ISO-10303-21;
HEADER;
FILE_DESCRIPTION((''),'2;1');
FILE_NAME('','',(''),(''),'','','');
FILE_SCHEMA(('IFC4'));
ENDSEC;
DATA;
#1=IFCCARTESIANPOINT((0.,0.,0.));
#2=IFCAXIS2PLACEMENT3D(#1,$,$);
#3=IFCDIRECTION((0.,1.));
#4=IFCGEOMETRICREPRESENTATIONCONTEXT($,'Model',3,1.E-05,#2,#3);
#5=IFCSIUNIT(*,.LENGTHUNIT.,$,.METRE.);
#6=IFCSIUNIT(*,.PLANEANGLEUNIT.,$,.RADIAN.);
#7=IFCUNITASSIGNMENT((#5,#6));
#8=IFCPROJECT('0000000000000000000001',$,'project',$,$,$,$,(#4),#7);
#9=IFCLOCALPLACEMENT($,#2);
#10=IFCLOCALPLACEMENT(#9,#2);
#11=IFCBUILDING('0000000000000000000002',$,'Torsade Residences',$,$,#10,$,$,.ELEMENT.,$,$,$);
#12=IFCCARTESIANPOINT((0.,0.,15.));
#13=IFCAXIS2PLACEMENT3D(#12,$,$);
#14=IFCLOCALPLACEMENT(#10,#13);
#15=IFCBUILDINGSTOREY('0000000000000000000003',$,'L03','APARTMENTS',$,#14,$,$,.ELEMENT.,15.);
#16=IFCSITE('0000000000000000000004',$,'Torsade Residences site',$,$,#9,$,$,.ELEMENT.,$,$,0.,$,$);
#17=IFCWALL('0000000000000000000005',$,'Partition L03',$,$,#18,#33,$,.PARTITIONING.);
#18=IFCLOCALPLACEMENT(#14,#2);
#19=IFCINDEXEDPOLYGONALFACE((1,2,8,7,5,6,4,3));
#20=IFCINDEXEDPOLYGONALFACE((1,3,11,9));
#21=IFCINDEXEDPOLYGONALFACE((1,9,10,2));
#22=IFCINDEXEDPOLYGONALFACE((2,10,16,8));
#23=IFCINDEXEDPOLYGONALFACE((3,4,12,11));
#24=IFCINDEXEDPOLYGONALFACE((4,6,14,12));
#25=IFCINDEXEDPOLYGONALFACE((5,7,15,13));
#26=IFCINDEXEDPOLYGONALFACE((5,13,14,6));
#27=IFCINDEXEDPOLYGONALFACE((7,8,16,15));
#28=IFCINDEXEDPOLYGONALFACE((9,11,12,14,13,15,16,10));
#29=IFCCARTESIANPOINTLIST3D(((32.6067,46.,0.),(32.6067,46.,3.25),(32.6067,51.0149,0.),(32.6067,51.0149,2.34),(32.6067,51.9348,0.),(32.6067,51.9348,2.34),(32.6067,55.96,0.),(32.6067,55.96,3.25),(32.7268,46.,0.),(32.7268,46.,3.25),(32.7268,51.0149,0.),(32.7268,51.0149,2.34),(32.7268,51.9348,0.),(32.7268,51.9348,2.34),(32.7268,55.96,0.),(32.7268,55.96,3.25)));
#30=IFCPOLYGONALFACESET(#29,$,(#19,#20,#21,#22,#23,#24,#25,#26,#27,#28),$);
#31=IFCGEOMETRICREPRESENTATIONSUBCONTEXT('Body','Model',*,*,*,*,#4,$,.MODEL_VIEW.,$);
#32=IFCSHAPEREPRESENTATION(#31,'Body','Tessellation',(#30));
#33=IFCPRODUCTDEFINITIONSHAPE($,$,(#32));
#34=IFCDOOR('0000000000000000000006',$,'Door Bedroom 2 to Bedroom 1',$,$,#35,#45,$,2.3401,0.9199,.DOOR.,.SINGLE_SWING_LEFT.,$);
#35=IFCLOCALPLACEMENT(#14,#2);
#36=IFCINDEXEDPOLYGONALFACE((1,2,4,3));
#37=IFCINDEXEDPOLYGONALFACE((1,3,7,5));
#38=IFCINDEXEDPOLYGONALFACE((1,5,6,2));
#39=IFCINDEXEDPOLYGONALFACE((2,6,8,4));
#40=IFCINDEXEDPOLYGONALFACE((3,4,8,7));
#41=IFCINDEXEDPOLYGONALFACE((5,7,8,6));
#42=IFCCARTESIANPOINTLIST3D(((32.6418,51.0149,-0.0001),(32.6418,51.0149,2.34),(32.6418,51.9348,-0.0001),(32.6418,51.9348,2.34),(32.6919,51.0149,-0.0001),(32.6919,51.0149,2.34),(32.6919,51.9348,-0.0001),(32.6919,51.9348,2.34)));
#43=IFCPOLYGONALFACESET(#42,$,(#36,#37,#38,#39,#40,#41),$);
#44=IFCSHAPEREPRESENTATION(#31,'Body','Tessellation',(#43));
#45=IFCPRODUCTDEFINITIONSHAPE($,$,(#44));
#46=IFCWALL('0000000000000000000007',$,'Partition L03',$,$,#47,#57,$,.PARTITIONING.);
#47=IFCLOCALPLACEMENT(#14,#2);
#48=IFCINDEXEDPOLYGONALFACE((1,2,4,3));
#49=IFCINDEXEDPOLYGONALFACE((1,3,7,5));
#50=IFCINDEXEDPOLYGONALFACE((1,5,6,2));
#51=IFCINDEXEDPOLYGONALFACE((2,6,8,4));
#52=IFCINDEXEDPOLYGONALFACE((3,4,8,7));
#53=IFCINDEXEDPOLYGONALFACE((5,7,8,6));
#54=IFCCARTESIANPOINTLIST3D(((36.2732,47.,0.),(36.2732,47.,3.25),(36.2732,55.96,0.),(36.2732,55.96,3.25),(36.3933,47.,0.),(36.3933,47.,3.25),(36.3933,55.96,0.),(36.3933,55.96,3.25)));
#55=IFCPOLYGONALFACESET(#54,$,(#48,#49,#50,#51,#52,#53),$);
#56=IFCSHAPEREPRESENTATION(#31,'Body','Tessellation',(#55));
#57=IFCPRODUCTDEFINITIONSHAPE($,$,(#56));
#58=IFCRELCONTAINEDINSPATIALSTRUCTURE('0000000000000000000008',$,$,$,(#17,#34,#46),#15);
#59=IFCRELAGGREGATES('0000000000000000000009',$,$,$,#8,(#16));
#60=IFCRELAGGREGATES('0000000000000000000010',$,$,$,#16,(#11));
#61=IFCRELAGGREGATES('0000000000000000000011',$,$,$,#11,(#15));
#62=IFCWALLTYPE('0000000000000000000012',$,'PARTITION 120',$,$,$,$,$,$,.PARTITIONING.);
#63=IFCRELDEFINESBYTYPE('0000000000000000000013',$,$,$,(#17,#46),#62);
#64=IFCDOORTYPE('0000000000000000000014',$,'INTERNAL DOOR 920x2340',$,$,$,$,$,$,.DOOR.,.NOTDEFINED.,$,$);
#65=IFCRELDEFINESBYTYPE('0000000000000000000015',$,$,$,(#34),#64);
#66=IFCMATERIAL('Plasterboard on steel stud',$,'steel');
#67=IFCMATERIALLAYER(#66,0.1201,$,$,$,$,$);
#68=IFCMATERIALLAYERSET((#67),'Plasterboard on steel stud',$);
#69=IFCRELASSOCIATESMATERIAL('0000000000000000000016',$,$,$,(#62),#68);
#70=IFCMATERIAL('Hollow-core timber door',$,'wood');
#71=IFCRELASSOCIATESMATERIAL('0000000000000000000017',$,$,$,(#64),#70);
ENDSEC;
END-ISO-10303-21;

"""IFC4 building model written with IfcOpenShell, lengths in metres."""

from ifc_helpers import new_model, si_unit, direction, frame, frame_2d, origin, place, context, subcontext, project, spatial, rectangle, extrude, material, layer, layer_set, type_object, element, fill, save


model = new_model("IFC4")

# Units and contexts
model_context = context("Model", 3, precision=1e-05, world=origin(), true_north=direction((0.0, 1.0)))
body_context = subcontext(model_context, "Body", "Model", "MODEL_VIEW")
ifc_project = project(units=[si_unit("LENGTHUNIT", "METRE"), si_unit("PLANEANGLEUNIT", "RADIAN")], contexts=[model_context])

# Site, building, storey
site_placement = place(None, origin())
site = spatial("IfcSite", under=ifc_project, at=site_placement, Name="Torsade Residences site", CompositionType="ELEMENT", RefElevation=0.0)
building_placement = place(site_placement, origin())
building = spatial("IfcBuilding", under=site, at=building_placement, Name="Torsade Residences", CompositionType="ELEMENT")
storey_placement = place(building_placement, frame((0.0, 0.0, 15.0)))
storey = spatial("IfcBuildingStorey", under=building, at=storey_placement, Name="L03", Description="APARTMENTS", CompositionType="ELEMENT", Elevation=15.0)

# Shared definitions
ifc_material_1 = material(Name="Plasterboard on steel stud", Category="steel")
ifc_layer_1 = layer(ifc_material_1, 0.1201)
ifc_layer_set_1 = layer_set([ifc_layer_1], Name="Plasterboard on steel stud")
wall_type = type_object("IfcWallType", Name="PARTITION 120", PredefinedType="PARTITIONING", material=ifc_layer_set_1)
ifc_material_2 = material(Name="Hollow-core timber door", Category="wood")
door_type_1 = type_object("IfcDoorType", Name="INTERNAL DOOR 920x2340", OperationType="NOTDEFINED", PredefinedType="DOOR", material=ifc_material_2)

# Wall, opening, door
wall_1_placement = place(storey_placement, frame((32.6667, 46.0, 0.0), z_axis=(0.0, 0.0, 1.0), x_axis=(0.0, 1.0, 0.0)))
wall_1 = element("IfcWall", 1, at=wall_1_placement, inside=storey, type_object=wall_type, Name="Partition L03", PredefinedType="PARTITIONING", context=body_context, shape_type="SweptSolid", body=[
    extrude(rectangle(XDim=9.96, YDim=0.1201, at=frame_2d((4.98, 0.0))), origin(), (0.0, 0.0, 1.0), 3.25),
])
opening_1_placement = place(wall_1_placement, frame((5.0149, 0.0, 0.0)))
opening_1 = element("IfcOpeningElement", 2, at=opening_1_placement, cuts=wall_1, PredefinedType="OPENING", context=body_context, shape_type="SweptSolid", body=[
    extrude(rectangle(XDim=0.9199, YDim=2.3401, at=frame_2d((0.46, 1.1699))), frame((0.0, 0.0701, 0.0), z_axis=(0.0, -1.0, 0.0), x_axis=(1.0, 0.0, 0.0)), (0.0, 0.0, 1.0), 0.1401),
])
door_1_placement = place(opening_1_placement, origin())
door_1 = element("IfcDoor", 3, at=door_1_placement, inside=storey, type_object=door_type_1, Name="Door Bedroom 2 to Bedroom 1", OperationType="SINGLE_SWING_LEFT", OverallHeight=2.3401, OverallWidth=0.9199, PredefinedType="DOOR", context=body_context, shape_type="SweptSolid", body=[
    extrude(rectangle(XDim=0.9199, YDim=2.3401, at=frame_2d((0.46, 1.1699))), frame((0.0, 0.0249, 0.0), z_axis=(0.0, -1.0, 0.0), x_axis=(1.0, 0.0, 0.0)), (0.0, 0.0, 1.0), 0.05),
])
fill(opening_1, door_1)

# Wall
wall_2_placement = place(storey_placement, frame((36.3333, 47.0, 0.0), z_axis=(0.0, 0.0, 1.0), x_axis=(0.0, 1.0, 0.0)))
element("IfcWall", 4, at=wall_2_placement, inside=storey, type_object=wall_type, Name="Partition L03", PredefinedType="PARTITIONING", context=body_context, shape_type="SweptSolid", body=[
    extrude(rectangle(XDim=8.96, YDim=0.1201, at=frame_2d((4.48, 0.0))), origin(), (0.0, 0.0, 1.0), 3.25),
])

save(model, "model.ifc")
